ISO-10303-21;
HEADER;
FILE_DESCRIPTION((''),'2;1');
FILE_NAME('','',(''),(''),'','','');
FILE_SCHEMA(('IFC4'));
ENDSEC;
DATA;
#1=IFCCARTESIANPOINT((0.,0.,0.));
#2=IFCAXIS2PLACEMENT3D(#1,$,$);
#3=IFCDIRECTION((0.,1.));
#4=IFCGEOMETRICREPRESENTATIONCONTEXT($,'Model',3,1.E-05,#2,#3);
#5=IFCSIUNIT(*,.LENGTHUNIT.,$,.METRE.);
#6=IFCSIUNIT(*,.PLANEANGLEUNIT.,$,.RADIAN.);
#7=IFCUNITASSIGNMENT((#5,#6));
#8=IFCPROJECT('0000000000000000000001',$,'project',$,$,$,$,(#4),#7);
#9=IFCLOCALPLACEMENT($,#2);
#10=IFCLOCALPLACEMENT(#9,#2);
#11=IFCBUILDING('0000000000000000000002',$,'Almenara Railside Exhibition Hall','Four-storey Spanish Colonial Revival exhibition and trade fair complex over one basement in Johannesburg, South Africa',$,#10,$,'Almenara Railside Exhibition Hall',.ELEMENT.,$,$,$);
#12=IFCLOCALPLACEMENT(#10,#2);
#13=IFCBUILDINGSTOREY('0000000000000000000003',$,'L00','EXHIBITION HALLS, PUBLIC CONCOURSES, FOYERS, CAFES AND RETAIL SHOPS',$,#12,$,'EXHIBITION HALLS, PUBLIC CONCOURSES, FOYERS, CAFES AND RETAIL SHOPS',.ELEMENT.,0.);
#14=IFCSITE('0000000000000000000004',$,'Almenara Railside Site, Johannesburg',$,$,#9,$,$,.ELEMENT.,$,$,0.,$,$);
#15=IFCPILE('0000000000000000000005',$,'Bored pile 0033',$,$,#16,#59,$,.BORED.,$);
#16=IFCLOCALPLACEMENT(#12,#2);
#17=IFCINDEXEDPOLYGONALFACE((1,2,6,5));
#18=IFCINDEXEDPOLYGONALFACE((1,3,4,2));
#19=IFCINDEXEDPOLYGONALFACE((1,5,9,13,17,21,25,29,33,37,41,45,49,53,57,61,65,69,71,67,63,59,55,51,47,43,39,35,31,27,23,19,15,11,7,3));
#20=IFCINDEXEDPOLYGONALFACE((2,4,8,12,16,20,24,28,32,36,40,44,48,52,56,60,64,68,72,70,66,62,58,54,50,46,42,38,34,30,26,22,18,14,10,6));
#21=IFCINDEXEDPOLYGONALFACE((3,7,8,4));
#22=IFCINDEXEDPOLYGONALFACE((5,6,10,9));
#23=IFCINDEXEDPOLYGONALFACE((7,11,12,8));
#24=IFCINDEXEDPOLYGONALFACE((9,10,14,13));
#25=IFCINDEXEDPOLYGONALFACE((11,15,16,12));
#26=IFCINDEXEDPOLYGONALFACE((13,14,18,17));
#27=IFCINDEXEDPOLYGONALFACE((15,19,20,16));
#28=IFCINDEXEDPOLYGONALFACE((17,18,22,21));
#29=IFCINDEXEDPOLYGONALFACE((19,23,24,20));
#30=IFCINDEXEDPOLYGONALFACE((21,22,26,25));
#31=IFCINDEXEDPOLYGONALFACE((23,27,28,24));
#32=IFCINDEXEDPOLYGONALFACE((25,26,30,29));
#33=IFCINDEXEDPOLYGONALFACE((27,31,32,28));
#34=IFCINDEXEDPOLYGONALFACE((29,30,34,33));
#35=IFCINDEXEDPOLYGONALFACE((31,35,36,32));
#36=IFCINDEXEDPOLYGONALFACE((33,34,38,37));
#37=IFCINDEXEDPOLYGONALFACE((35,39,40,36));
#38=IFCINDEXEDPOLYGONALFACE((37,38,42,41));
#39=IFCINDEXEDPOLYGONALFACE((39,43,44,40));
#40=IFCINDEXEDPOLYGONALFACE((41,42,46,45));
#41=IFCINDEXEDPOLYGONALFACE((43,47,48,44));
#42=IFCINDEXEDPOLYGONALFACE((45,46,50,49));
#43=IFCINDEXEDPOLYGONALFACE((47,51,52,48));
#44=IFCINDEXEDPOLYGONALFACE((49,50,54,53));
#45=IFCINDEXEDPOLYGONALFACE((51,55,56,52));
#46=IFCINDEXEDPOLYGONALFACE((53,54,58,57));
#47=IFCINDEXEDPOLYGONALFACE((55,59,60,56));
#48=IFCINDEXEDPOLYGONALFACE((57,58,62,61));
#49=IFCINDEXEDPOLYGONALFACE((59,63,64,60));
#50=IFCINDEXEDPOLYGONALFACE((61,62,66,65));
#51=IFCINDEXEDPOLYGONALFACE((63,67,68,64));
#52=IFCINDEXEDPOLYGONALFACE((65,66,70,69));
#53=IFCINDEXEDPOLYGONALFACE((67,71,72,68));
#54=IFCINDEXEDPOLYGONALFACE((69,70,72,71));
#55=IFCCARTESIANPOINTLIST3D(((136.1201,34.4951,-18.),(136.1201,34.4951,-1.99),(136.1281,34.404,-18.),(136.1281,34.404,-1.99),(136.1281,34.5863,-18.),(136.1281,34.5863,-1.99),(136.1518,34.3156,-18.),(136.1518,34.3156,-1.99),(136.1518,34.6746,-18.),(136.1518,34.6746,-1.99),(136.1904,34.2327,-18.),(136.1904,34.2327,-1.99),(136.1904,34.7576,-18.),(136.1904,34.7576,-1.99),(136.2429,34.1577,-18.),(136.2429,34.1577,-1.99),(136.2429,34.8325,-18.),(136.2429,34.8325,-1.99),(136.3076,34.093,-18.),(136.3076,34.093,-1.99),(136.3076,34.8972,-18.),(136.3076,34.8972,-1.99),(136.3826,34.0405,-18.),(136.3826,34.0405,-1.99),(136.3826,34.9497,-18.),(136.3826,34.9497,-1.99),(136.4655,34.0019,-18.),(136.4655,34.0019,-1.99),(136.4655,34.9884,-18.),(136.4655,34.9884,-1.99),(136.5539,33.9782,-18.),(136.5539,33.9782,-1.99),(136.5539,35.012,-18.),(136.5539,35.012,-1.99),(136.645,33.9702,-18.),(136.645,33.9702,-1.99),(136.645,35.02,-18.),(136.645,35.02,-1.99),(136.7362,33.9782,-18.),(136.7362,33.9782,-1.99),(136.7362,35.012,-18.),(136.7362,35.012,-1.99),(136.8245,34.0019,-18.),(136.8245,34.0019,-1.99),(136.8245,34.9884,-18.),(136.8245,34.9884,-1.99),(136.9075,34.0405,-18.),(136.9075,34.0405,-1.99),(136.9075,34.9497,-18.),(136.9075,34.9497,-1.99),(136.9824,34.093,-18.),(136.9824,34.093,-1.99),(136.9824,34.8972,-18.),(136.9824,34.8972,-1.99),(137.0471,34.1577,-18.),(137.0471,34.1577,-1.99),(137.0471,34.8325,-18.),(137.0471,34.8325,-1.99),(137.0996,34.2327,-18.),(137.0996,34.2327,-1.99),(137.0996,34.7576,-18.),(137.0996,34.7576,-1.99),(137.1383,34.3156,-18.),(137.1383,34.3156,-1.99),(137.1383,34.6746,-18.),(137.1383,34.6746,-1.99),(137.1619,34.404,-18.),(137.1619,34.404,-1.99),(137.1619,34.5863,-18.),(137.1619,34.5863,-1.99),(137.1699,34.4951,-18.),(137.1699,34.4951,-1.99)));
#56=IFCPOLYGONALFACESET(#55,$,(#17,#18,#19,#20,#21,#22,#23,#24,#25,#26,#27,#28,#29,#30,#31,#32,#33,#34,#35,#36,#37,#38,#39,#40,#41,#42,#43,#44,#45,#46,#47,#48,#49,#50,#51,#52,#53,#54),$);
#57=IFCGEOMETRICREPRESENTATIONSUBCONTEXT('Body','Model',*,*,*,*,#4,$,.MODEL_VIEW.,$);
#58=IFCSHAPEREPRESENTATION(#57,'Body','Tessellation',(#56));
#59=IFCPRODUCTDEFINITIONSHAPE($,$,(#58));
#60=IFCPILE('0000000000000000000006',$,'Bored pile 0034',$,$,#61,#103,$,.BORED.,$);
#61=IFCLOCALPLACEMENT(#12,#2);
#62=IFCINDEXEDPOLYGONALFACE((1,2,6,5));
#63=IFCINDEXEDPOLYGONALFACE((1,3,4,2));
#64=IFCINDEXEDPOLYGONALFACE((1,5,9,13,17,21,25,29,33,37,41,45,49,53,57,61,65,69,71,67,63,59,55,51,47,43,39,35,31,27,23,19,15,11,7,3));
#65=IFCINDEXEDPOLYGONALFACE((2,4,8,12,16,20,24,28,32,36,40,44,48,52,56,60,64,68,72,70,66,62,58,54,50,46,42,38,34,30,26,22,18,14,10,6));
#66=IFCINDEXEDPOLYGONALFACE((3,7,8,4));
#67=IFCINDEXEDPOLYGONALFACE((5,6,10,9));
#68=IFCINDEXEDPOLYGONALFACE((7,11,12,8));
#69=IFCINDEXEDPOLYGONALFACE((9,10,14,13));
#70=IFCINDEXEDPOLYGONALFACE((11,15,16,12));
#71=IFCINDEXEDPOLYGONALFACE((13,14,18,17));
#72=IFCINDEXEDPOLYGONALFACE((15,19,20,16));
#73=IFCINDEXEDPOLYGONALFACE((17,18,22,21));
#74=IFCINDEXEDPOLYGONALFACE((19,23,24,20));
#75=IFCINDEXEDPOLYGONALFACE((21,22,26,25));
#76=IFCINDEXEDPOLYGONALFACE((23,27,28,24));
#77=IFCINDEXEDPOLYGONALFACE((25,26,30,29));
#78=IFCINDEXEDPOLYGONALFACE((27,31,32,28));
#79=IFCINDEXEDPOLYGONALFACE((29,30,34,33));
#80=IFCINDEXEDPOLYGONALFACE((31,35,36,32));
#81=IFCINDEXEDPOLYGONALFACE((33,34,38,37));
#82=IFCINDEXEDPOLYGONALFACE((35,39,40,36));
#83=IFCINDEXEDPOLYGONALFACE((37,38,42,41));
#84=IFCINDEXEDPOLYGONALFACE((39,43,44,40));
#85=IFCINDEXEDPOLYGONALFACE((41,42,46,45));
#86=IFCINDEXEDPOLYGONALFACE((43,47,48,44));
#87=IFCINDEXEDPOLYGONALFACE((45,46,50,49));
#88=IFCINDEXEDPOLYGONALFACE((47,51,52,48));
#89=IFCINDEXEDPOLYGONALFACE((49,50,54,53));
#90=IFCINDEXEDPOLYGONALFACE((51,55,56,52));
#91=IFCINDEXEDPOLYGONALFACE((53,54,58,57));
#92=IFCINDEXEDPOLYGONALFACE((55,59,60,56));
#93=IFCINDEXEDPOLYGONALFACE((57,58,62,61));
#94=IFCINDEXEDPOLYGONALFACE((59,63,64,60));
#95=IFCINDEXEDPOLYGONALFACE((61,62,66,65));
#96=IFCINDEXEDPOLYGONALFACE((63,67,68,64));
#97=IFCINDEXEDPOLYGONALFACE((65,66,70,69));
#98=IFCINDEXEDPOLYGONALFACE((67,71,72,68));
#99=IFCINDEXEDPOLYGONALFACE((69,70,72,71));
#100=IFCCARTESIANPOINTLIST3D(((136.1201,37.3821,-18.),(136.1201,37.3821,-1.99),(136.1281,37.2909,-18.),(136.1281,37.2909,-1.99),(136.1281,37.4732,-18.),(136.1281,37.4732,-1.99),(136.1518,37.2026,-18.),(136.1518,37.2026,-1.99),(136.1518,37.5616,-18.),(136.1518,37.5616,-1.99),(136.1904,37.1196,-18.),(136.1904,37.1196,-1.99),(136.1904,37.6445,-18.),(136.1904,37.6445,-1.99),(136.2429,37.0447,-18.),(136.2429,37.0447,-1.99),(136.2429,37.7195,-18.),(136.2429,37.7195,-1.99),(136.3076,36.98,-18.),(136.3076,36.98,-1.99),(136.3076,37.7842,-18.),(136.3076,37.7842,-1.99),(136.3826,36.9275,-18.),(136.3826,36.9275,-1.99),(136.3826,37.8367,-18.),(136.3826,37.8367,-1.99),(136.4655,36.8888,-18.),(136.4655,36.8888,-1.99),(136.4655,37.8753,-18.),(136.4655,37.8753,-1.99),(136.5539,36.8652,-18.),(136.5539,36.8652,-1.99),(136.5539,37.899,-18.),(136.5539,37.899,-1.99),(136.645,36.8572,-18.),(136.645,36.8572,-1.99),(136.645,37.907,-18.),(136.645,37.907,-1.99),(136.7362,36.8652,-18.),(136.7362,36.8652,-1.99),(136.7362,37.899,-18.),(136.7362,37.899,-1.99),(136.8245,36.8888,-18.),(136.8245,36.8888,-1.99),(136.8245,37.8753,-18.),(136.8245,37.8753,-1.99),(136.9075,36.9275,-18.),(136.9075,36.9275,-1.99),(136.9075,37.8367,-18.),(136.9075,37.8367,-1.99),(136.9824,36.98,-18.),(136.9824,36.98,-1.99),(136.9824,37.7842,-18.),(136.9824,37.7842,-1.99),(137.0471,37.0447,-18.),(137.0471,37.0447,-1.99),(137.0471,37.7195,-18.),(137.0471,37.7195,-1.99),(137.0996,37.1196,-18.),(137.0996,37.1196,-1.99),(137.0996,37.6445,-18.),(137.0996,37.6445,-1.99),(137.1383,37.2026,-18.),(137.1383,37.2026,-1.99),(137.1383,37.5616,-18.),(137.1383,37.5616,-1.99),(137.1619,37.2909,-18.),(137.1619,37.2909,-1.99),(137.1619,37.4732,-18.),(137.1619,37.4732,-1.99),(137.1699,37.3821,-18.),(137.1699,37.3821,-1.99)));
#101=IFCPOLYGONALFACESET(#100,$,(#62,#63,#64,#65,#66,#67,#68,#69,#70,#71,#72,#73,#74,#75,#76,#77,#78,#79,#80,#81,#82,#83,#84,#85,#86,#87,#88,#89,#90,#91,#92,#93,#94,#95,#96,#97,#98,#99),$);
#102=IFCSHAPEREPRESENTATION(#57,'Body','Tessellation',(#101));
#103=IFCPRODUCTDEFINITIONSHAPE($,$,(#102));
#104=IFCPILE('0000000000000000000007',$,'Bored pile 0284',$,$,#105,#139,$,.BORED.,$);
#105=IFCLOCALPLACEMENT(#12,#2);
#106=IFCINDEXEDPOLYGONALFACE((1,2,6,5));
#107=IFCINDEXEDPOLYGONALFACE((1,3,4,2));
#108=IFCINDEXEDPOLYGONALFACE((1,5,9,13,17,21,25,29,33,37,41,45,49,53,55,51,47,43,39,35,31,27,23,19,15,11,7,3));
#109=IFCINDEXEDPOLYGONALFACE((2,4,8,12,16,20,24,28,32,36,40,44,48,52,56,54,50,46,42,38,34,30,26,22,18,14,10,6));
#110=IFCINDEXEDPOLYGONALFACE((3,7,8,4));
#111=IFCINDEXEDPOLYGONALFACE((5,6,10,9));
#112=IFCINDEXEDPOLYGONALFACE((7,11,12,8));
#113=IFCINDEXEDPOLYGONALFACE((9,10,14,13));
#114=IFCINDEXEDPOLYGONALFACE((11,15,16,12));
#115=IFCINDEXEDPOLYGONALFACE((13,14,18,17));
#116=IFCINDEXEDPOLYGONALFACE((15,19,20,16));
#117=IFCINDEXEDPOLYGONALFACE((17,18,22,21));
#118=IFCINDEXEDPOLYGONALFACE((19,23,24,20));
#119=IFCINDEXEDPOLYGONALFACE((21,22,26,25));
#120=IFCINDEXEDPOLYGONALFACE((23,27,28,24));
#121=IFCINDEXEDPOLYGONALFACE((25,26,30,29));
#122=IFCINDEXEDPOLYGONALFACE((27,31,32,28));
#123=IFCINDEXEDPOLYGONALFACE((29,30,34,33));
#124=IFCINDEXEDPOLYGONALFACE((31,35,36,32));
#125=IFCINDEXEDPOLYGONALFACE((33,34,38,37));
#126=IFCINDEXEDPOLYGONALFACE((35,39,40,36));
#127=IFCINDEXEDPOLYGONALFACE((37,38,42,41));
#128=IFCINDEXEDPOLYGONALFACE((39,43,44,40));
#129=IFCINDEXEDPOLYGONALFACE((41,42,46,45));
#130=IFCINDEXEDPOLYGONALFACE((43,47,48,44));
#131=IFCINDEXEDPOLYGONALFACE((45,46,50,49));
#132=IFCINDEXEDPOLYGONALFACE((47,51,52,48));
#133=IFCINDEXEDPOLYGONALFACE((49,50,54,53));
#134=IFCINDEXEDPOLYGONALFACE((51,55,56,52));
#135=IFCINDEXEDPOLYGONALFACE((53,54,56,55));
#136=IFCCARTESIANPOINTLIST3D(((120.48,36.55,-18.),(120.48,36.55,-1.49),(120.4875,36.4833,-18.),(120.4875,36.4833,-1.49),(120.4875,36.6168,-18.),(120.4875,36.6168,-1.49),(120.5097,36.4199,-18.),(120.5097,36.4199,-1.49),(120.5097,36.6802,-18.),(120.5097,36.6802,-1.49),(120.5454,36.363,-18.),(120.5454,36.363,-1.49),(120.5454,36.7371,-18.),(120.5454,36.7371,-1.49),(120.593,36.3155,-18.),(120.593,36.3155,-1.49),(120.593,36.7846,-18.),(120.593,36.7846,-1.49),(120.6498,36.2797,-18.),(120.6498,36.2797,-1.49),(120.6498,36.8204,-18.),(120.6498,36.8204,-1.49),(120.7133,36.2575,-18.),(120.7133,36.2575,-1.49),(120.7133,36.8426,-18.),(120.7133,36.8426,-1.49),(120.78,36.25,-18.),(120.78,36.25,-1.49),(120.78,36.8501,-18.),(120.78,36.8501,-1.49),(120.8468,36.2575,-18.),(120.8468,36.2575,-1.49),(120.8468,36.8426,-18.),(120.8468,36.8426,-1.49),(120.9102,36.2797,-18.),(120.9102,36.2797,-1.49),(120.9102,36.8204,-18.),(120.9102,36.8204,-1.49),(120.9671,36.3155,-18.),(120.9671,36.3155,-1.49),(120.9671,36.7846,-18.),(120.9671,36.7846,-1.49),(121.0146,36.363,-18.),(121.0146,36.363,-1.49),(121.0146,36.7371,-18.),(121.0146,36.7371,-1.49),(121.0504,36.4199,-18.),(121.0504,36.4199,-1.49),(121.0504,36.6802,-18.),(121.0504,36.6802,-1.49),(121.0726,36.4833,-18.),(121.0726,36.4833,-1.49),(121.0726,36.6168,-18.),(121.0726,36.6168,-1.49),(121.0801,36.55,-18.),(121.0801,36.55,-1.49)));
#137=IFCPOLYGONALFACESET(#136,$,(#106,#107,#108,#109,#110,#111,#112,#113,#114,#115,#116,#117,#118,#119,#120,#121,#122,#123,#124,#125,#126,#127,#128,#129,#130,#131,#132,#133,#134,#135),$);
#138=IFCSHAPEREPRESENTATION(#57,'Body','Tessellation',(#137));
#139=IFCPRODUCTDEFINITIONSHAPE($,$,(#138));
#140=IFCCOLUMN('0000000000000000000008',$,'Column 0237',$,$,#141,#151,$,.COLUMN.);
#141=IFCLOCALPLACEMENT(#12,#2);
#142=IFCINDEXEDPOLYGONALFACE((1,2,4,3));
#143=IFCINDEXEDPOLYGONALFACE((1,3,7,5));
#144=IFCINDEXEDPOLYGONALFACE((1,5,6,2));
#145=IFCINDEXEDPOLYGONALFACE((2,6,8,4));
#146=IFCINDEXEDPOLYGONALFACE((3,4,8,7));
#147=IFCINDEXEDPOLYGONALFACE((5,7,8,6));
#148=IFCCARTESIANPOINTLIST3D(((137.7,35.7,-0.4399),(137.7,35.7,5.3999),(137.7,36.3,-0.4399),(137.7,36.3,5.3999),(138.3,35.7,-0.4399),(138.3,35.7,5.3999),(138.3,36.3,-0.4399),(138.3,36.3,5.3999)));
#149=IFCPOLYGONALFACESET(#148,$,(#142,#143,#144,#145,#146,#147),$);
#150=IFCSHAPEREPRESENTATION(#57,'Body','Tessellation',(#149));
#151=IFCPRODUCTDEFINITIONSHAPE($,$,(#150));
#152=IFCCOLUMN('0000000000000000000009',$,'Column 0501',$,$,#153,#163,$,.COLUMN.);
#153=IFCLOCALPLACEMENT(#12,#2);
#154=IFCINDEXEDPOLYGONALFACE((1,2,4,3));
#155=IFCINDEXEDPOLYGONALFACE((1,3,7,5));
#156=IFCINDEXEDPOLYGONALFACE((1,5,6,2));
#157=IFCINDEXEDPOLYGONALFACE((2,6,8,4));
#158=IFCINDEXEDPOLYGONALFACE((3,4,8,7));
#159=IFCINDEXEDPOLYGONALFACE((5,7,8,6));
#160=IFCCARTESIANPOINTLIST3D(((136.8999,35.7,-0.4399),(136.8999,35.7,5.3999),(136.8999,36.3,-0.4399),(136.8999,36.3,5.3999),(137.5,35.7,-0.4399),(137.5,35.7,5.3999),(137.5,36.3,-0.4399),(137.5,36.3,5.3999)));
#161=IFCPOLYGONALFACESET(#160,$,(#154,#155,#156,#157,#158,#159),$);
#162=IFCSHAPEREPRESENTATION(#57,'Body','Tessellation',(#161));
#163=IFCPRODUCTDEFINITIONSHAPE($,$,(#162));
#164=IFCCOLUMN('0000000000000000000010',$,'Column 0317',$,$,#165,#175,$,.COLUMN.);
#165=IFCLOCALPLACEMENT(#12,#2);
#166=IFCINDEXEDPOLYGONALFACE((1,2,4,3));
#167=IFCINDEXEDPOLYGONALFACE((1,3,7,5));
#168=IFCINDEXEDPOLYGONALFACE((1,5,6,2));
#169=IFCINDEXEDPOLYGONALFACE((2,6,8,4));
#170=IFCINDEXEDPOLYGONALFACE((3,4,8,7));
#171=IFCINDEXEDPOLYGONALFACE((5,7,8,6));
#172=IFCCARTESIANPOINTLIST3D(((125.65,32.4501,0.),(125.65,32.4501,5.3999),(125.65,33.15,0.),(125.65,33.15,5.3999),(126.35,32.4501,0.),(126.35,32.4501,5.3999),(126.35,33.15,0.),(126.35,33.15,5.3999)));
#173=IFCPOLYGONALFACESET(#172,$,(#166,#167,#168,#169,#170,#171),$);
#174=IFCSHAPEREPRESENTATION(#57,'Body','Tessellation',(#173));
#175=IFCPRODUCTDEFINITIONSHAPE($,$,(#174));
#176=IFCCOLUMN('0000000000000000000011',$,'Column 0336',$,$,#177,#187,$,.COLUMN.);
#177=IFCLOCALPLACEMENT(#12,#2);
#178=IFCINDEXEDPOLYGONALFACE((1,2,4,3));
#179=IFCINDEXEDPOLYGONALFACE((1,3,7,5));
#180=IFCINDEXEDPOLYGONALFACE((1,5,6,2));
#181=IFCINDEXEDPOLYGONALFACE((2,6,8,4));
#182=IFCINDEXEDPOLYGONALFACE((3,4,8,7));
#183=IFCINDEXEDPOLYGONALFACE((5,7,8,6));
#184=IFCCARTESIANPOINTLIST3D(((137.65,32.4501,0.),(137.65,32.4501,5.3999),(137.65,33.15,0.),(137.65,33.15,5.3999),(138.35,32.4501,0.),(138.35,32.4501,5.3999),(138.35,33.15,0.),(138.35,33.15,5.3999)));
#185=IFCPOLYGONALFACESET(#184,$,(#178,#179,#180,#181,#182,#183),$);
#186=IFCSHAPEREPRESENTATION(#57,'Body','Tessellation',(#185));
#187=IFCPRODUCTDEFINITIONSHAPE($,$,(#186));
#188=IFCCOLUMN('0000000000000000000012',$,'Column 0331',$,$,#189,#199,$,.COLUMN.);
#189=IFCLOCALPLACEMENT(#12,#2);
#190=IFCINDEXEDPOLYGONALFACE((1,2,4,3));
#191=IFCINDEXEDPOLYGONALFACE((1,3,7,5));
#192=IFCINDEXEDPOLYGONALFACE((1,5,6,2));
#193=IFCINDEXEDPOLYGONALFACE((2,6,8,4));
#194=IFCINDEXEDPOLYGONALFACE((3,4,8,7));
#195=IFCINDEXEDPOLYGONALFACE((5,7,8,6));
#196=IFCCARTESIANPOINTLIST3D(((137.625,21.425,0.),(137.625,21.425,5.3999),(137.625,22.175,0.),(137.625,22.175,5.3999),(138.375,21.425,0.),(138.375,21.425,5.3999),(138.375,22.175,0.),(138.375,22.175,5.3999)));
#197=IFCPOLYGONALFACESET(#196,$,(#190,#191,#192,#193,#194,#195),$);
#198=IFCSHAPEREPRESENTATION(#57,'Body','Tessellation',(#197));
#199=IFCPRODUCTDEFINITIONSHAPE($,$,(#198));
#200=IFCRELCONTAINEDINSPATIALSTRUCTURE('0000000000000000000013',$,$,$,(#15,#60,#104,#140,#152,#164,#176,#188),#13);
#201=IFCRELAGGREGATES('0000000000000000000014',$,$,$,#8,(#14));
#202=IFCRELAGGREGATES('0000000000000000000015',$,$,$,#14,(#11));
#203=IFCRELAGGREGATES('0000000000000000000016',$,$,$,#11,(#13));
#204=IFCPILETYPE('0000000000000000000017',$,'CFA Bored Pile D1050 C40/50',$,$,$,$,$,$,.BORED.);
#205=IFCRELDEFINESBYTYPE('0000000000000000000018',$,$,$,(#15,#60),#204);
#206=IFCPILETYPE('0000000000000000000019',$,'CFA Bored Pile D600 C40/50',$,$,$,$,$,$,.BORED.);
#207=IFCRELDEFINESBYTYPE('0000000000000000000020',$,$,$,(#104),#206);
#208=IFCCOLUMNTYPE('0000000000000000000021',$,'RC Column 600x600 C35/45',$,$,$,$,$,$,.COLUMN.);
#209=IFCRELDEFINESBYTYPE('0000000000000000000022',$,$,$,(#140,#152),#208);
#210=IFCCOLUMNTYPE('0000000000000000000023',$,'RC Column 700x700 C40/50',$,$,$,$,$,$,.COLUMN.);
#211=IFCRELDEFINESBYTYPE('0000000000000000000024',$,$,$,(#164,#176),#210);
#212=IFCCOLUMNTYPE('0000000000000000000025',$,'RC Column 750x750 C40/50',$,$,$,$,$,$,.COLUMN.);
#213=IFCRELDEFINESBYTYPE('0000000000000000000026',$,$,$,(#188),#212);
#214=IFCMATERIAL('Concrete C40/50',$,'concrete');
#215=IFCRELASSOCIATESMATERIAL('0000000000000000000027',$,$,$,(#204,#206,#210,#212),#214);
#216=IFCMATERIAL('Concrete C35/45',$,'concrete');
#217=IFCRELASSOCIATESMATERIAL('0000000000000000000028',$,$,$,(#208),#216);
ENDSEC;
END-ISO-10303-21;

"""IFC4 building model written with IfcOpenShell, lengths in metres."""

from ifc_helpers import new_model, si_unit, direction, frame, origin, origin_2d, place, context, subcontext, project, spatial, rectangle, circle, extrude, material, material_profile, profile_set, type_object, element, save


model = new_model("IFC4")

# Units and contexts
model_context = context("Model", 3, precision=1e-05, world=origin(), true_north=direction((0.0, 1.0)))
body_context = subcontext(model_context, "Body", "Model", "MODEL_VIEW")
ifc_project = project(units=[si_unit("LENGTHUNIT", "METRE"), si_unit("PLANEANGLEUNIT", "RADIAN")], contexts=[model_context])

# Site, building, storey
site_placement = place(None, origin())
site = spatial("IfcSite", under=ifc_project, at=site_placement, Name="Almenara Railside Site, Johannesburg", CompositionType="ELEMENT", RefElevation=0.0)
building_placement = place(site_placement, origin())
building = spatial("IfcBuilding", under=site, at=building_placement, Name="Almenara Railside Exhibition Hall", Description="Four-storey Spanish Colonial Revival exhibition and trade fair complex over one basement in Johannesburg, South Africa", LongName="Almenara Railside Exhibition Hall", CompositionType="ELEMENT")
storey_placement = place(building_placement, origin())
storey = spatial("IfcBuildingStorey", under=building, at=storey_placement, Name="L00", Description="EXHIBITION HALLS, PUBLIC CONCOURSES, FOYERS, CAFES AND RETAIL SHOPS", LongName="EXHIBITION HALLS, PUBLIC CONCOURSES, FOYERS, CAFES AND RETAIL SHOPS", CompositionType="ELEMENT", Elevation=0.0)

# Piles
ifc_material_1 = material(Name="Concrete C40/50", Category="concrete")
ifc_material_profile_1 = material_profile(ifc_material_1, circle(Radius=0.5249, at=origin_2d()), Name="CFA-PILE D1050")
ifc_profile_set_1 = profile_set([ifc_material_profile_1], Name="Concrete C40/50")
pile_type_1 = type_object("IfcPileType", Name="CFA Bored Pile D1050 C40/50", PredefinedType="BORED", material=ifc_profile_set_1)
for number, where, z_axis, x_axis, name in (
    (1, (136.645, 34.4951, -1.99), (0.0, 0.0, -1.0), (1.0, 0.0, 0.0), "Bored pile 0033"),
    (2, (136.645, 37.3821, -1.99), (0.0, 0.0, -1.0), (1.0, 0.0, 0.0), "Bored pile 0034"),
):
    element("IfcPile", number, at=place(storey_placement, frame(where, z_axis=z_axis, x_axis=x_axis)), inside=storey, type_object=pile_type_1, Name=name, PredefinedType="BORED", context=body_context, shape_type="SweptSolid", body=[
        extrude(circle(Radius=0.5249, at=origin_2d()), origin(), (0.0, 0.0, 1.0), 16.01),
    ])
ifc_material_profile_2 = material_profile(ifc_material_1, circle(Radius=0.3, at=origin_2d()), Name="CFA-PILE D600")
ifc_profile_set_2 = profile_set([ifc_material_profile_2], Name="Concrete C40/50")
pile_type_2 = type_object("IfcPileType", Name="CFA Bored Pile D600 C40/50", PredefinedType="BORED", material=ifc_profile_set_2)
pile_placement = place(storey_placement, frame((120.78, 36.55, -1.49), z_axis=(0.0, 0.0, -1.0), x_axis=(1.0, 0.0, 0.0)))
element("IfcPile", 3, at=pile_placement, inside=storey, type_object=pile_type_2, Name="Bored pile 0284", PredefinedType="BORED", context=body_context, shape_type="SweptSolid", body=[
    extrude(circle(Radius=0.3, at=origin_2d()), origin(), (0.0, 0.0, 1.0), 16.51),
])

# Columns
ifc_material_2 = material(Name="Concrete C35/45", Category="concrete")
ifc_material_profile_3 = material_profile(ifc_material_2, rectangle(XDim=0.6001, YDim=0.6001, at=origin_2d()), Name="RC 600x600")
ifc_profile_set_3 = profile_set([ifc_material_profile_3], Name="Concrete C35/45")
column_type_1 = type_object("IfcColumnType", Name="RC Column 600x600 C35/45", PredefinedType="COLUMN", material=ifc_profile_set_3)
for number, where, z_axis, x_axis, name in (
    (4, (138.0, 36.0, -0.4399), (0.0, 0.0, 1.0), (1.0, 0.0, 0.0), "Column 0237"),
    (5, (137.2, 36.0, -0.4399), (0.0, 0.0, 1.0), (1.0, 0.0, 0.0), "Column 0501"),
):
    element("IfcColumn", number, at=place(storey_placement, frame(where, z_axis=z_axis, x_axis=x_axis)), inside=storey, type_object=column_type_1, Name=name, PredefinedType="COLUMN", context=body_context, shape_type="SweptSolid", body=[
        extrude(rectangle(XDim=0.6001, YDim=0.6001, at=origin_2d()), origin(), (0.0, 0.0, 1.0), 5.8398),
    ])
ifc_material_profile_4 = material_profile(ifc_material_1, rectangle(XDim=0.7, YDim=0.7, at=origin_2d()), Name="RC 700x700")
ifc_profile_set_4 = profile_set([ifc_material_profile_4], Name="Concrete C40/50")
column_type_2 = type_object("IfcColumnType", Name="RC Column 700x700 C40/50", PredefinedType="COLUMN", material=ifc_profile_set_4)
for number, where, z_axis, x_axis, name in (
    (6, (126.0, 32.8, 0.0), (0.0, 0.0, 1.0), (1.0, 0.0, 0.0), "Column 0317"),
    (7, (138.0, 32.8, 0.0), (0.0, 0.0, 1.0), (1.0, 0.0, 0.0), "Column 0336"),
):
    element("IfcColumn", number, at=place(storey_placement, frame(where, z_axis=z_axis, x_axis=x_axis)), inside=storey, type_object=column_type_2, Name=name, PredefinedType="COLUMN", context=body_context, shape_type="SweptSolid", body=[
        extrude(rectangle(XDim=0.7, YDim=0.7, at=origin_2d()), origin(), (0.0, 0.0, 1.0), 5.3999),
    ])
ifc_material_profile_5 = material_profile(ifc_material_1, rectangle(XDim=0.75, YDim=0.75, at=origin_2d()), Name="RC 750x750")
ifc_profile_set_5 = profile_set([ifc_material_profile_5], Name="Concrete C40/50")
column_type_3 = type_object("IfcColumnType", Name="RC Column 750x750 C40/50", PredefinedType="COLUMN", material=ifc_profile_set_5)
column_1_placement = place(storey_placement, frame((138.0, 21.8, 0.0), z_axis=(0.0, 0.0, 1.0), x_axis=(1.0, 0.0, 0.0)))
element("IfcColumn", 8, at=column_1_placement, inside=storey, type_object=column_type_3, Name="Column 0331", PredefinedType="COLUMN", context=body_context, shape_type="SweptSolid", body=[
    extrude(rectangle(XDim=0.75, YDim=0.75, at=origin_2d()), origin(), (0.0, 0.0, 1.0), 5.3999),
])

save(model, "model.ifc")
